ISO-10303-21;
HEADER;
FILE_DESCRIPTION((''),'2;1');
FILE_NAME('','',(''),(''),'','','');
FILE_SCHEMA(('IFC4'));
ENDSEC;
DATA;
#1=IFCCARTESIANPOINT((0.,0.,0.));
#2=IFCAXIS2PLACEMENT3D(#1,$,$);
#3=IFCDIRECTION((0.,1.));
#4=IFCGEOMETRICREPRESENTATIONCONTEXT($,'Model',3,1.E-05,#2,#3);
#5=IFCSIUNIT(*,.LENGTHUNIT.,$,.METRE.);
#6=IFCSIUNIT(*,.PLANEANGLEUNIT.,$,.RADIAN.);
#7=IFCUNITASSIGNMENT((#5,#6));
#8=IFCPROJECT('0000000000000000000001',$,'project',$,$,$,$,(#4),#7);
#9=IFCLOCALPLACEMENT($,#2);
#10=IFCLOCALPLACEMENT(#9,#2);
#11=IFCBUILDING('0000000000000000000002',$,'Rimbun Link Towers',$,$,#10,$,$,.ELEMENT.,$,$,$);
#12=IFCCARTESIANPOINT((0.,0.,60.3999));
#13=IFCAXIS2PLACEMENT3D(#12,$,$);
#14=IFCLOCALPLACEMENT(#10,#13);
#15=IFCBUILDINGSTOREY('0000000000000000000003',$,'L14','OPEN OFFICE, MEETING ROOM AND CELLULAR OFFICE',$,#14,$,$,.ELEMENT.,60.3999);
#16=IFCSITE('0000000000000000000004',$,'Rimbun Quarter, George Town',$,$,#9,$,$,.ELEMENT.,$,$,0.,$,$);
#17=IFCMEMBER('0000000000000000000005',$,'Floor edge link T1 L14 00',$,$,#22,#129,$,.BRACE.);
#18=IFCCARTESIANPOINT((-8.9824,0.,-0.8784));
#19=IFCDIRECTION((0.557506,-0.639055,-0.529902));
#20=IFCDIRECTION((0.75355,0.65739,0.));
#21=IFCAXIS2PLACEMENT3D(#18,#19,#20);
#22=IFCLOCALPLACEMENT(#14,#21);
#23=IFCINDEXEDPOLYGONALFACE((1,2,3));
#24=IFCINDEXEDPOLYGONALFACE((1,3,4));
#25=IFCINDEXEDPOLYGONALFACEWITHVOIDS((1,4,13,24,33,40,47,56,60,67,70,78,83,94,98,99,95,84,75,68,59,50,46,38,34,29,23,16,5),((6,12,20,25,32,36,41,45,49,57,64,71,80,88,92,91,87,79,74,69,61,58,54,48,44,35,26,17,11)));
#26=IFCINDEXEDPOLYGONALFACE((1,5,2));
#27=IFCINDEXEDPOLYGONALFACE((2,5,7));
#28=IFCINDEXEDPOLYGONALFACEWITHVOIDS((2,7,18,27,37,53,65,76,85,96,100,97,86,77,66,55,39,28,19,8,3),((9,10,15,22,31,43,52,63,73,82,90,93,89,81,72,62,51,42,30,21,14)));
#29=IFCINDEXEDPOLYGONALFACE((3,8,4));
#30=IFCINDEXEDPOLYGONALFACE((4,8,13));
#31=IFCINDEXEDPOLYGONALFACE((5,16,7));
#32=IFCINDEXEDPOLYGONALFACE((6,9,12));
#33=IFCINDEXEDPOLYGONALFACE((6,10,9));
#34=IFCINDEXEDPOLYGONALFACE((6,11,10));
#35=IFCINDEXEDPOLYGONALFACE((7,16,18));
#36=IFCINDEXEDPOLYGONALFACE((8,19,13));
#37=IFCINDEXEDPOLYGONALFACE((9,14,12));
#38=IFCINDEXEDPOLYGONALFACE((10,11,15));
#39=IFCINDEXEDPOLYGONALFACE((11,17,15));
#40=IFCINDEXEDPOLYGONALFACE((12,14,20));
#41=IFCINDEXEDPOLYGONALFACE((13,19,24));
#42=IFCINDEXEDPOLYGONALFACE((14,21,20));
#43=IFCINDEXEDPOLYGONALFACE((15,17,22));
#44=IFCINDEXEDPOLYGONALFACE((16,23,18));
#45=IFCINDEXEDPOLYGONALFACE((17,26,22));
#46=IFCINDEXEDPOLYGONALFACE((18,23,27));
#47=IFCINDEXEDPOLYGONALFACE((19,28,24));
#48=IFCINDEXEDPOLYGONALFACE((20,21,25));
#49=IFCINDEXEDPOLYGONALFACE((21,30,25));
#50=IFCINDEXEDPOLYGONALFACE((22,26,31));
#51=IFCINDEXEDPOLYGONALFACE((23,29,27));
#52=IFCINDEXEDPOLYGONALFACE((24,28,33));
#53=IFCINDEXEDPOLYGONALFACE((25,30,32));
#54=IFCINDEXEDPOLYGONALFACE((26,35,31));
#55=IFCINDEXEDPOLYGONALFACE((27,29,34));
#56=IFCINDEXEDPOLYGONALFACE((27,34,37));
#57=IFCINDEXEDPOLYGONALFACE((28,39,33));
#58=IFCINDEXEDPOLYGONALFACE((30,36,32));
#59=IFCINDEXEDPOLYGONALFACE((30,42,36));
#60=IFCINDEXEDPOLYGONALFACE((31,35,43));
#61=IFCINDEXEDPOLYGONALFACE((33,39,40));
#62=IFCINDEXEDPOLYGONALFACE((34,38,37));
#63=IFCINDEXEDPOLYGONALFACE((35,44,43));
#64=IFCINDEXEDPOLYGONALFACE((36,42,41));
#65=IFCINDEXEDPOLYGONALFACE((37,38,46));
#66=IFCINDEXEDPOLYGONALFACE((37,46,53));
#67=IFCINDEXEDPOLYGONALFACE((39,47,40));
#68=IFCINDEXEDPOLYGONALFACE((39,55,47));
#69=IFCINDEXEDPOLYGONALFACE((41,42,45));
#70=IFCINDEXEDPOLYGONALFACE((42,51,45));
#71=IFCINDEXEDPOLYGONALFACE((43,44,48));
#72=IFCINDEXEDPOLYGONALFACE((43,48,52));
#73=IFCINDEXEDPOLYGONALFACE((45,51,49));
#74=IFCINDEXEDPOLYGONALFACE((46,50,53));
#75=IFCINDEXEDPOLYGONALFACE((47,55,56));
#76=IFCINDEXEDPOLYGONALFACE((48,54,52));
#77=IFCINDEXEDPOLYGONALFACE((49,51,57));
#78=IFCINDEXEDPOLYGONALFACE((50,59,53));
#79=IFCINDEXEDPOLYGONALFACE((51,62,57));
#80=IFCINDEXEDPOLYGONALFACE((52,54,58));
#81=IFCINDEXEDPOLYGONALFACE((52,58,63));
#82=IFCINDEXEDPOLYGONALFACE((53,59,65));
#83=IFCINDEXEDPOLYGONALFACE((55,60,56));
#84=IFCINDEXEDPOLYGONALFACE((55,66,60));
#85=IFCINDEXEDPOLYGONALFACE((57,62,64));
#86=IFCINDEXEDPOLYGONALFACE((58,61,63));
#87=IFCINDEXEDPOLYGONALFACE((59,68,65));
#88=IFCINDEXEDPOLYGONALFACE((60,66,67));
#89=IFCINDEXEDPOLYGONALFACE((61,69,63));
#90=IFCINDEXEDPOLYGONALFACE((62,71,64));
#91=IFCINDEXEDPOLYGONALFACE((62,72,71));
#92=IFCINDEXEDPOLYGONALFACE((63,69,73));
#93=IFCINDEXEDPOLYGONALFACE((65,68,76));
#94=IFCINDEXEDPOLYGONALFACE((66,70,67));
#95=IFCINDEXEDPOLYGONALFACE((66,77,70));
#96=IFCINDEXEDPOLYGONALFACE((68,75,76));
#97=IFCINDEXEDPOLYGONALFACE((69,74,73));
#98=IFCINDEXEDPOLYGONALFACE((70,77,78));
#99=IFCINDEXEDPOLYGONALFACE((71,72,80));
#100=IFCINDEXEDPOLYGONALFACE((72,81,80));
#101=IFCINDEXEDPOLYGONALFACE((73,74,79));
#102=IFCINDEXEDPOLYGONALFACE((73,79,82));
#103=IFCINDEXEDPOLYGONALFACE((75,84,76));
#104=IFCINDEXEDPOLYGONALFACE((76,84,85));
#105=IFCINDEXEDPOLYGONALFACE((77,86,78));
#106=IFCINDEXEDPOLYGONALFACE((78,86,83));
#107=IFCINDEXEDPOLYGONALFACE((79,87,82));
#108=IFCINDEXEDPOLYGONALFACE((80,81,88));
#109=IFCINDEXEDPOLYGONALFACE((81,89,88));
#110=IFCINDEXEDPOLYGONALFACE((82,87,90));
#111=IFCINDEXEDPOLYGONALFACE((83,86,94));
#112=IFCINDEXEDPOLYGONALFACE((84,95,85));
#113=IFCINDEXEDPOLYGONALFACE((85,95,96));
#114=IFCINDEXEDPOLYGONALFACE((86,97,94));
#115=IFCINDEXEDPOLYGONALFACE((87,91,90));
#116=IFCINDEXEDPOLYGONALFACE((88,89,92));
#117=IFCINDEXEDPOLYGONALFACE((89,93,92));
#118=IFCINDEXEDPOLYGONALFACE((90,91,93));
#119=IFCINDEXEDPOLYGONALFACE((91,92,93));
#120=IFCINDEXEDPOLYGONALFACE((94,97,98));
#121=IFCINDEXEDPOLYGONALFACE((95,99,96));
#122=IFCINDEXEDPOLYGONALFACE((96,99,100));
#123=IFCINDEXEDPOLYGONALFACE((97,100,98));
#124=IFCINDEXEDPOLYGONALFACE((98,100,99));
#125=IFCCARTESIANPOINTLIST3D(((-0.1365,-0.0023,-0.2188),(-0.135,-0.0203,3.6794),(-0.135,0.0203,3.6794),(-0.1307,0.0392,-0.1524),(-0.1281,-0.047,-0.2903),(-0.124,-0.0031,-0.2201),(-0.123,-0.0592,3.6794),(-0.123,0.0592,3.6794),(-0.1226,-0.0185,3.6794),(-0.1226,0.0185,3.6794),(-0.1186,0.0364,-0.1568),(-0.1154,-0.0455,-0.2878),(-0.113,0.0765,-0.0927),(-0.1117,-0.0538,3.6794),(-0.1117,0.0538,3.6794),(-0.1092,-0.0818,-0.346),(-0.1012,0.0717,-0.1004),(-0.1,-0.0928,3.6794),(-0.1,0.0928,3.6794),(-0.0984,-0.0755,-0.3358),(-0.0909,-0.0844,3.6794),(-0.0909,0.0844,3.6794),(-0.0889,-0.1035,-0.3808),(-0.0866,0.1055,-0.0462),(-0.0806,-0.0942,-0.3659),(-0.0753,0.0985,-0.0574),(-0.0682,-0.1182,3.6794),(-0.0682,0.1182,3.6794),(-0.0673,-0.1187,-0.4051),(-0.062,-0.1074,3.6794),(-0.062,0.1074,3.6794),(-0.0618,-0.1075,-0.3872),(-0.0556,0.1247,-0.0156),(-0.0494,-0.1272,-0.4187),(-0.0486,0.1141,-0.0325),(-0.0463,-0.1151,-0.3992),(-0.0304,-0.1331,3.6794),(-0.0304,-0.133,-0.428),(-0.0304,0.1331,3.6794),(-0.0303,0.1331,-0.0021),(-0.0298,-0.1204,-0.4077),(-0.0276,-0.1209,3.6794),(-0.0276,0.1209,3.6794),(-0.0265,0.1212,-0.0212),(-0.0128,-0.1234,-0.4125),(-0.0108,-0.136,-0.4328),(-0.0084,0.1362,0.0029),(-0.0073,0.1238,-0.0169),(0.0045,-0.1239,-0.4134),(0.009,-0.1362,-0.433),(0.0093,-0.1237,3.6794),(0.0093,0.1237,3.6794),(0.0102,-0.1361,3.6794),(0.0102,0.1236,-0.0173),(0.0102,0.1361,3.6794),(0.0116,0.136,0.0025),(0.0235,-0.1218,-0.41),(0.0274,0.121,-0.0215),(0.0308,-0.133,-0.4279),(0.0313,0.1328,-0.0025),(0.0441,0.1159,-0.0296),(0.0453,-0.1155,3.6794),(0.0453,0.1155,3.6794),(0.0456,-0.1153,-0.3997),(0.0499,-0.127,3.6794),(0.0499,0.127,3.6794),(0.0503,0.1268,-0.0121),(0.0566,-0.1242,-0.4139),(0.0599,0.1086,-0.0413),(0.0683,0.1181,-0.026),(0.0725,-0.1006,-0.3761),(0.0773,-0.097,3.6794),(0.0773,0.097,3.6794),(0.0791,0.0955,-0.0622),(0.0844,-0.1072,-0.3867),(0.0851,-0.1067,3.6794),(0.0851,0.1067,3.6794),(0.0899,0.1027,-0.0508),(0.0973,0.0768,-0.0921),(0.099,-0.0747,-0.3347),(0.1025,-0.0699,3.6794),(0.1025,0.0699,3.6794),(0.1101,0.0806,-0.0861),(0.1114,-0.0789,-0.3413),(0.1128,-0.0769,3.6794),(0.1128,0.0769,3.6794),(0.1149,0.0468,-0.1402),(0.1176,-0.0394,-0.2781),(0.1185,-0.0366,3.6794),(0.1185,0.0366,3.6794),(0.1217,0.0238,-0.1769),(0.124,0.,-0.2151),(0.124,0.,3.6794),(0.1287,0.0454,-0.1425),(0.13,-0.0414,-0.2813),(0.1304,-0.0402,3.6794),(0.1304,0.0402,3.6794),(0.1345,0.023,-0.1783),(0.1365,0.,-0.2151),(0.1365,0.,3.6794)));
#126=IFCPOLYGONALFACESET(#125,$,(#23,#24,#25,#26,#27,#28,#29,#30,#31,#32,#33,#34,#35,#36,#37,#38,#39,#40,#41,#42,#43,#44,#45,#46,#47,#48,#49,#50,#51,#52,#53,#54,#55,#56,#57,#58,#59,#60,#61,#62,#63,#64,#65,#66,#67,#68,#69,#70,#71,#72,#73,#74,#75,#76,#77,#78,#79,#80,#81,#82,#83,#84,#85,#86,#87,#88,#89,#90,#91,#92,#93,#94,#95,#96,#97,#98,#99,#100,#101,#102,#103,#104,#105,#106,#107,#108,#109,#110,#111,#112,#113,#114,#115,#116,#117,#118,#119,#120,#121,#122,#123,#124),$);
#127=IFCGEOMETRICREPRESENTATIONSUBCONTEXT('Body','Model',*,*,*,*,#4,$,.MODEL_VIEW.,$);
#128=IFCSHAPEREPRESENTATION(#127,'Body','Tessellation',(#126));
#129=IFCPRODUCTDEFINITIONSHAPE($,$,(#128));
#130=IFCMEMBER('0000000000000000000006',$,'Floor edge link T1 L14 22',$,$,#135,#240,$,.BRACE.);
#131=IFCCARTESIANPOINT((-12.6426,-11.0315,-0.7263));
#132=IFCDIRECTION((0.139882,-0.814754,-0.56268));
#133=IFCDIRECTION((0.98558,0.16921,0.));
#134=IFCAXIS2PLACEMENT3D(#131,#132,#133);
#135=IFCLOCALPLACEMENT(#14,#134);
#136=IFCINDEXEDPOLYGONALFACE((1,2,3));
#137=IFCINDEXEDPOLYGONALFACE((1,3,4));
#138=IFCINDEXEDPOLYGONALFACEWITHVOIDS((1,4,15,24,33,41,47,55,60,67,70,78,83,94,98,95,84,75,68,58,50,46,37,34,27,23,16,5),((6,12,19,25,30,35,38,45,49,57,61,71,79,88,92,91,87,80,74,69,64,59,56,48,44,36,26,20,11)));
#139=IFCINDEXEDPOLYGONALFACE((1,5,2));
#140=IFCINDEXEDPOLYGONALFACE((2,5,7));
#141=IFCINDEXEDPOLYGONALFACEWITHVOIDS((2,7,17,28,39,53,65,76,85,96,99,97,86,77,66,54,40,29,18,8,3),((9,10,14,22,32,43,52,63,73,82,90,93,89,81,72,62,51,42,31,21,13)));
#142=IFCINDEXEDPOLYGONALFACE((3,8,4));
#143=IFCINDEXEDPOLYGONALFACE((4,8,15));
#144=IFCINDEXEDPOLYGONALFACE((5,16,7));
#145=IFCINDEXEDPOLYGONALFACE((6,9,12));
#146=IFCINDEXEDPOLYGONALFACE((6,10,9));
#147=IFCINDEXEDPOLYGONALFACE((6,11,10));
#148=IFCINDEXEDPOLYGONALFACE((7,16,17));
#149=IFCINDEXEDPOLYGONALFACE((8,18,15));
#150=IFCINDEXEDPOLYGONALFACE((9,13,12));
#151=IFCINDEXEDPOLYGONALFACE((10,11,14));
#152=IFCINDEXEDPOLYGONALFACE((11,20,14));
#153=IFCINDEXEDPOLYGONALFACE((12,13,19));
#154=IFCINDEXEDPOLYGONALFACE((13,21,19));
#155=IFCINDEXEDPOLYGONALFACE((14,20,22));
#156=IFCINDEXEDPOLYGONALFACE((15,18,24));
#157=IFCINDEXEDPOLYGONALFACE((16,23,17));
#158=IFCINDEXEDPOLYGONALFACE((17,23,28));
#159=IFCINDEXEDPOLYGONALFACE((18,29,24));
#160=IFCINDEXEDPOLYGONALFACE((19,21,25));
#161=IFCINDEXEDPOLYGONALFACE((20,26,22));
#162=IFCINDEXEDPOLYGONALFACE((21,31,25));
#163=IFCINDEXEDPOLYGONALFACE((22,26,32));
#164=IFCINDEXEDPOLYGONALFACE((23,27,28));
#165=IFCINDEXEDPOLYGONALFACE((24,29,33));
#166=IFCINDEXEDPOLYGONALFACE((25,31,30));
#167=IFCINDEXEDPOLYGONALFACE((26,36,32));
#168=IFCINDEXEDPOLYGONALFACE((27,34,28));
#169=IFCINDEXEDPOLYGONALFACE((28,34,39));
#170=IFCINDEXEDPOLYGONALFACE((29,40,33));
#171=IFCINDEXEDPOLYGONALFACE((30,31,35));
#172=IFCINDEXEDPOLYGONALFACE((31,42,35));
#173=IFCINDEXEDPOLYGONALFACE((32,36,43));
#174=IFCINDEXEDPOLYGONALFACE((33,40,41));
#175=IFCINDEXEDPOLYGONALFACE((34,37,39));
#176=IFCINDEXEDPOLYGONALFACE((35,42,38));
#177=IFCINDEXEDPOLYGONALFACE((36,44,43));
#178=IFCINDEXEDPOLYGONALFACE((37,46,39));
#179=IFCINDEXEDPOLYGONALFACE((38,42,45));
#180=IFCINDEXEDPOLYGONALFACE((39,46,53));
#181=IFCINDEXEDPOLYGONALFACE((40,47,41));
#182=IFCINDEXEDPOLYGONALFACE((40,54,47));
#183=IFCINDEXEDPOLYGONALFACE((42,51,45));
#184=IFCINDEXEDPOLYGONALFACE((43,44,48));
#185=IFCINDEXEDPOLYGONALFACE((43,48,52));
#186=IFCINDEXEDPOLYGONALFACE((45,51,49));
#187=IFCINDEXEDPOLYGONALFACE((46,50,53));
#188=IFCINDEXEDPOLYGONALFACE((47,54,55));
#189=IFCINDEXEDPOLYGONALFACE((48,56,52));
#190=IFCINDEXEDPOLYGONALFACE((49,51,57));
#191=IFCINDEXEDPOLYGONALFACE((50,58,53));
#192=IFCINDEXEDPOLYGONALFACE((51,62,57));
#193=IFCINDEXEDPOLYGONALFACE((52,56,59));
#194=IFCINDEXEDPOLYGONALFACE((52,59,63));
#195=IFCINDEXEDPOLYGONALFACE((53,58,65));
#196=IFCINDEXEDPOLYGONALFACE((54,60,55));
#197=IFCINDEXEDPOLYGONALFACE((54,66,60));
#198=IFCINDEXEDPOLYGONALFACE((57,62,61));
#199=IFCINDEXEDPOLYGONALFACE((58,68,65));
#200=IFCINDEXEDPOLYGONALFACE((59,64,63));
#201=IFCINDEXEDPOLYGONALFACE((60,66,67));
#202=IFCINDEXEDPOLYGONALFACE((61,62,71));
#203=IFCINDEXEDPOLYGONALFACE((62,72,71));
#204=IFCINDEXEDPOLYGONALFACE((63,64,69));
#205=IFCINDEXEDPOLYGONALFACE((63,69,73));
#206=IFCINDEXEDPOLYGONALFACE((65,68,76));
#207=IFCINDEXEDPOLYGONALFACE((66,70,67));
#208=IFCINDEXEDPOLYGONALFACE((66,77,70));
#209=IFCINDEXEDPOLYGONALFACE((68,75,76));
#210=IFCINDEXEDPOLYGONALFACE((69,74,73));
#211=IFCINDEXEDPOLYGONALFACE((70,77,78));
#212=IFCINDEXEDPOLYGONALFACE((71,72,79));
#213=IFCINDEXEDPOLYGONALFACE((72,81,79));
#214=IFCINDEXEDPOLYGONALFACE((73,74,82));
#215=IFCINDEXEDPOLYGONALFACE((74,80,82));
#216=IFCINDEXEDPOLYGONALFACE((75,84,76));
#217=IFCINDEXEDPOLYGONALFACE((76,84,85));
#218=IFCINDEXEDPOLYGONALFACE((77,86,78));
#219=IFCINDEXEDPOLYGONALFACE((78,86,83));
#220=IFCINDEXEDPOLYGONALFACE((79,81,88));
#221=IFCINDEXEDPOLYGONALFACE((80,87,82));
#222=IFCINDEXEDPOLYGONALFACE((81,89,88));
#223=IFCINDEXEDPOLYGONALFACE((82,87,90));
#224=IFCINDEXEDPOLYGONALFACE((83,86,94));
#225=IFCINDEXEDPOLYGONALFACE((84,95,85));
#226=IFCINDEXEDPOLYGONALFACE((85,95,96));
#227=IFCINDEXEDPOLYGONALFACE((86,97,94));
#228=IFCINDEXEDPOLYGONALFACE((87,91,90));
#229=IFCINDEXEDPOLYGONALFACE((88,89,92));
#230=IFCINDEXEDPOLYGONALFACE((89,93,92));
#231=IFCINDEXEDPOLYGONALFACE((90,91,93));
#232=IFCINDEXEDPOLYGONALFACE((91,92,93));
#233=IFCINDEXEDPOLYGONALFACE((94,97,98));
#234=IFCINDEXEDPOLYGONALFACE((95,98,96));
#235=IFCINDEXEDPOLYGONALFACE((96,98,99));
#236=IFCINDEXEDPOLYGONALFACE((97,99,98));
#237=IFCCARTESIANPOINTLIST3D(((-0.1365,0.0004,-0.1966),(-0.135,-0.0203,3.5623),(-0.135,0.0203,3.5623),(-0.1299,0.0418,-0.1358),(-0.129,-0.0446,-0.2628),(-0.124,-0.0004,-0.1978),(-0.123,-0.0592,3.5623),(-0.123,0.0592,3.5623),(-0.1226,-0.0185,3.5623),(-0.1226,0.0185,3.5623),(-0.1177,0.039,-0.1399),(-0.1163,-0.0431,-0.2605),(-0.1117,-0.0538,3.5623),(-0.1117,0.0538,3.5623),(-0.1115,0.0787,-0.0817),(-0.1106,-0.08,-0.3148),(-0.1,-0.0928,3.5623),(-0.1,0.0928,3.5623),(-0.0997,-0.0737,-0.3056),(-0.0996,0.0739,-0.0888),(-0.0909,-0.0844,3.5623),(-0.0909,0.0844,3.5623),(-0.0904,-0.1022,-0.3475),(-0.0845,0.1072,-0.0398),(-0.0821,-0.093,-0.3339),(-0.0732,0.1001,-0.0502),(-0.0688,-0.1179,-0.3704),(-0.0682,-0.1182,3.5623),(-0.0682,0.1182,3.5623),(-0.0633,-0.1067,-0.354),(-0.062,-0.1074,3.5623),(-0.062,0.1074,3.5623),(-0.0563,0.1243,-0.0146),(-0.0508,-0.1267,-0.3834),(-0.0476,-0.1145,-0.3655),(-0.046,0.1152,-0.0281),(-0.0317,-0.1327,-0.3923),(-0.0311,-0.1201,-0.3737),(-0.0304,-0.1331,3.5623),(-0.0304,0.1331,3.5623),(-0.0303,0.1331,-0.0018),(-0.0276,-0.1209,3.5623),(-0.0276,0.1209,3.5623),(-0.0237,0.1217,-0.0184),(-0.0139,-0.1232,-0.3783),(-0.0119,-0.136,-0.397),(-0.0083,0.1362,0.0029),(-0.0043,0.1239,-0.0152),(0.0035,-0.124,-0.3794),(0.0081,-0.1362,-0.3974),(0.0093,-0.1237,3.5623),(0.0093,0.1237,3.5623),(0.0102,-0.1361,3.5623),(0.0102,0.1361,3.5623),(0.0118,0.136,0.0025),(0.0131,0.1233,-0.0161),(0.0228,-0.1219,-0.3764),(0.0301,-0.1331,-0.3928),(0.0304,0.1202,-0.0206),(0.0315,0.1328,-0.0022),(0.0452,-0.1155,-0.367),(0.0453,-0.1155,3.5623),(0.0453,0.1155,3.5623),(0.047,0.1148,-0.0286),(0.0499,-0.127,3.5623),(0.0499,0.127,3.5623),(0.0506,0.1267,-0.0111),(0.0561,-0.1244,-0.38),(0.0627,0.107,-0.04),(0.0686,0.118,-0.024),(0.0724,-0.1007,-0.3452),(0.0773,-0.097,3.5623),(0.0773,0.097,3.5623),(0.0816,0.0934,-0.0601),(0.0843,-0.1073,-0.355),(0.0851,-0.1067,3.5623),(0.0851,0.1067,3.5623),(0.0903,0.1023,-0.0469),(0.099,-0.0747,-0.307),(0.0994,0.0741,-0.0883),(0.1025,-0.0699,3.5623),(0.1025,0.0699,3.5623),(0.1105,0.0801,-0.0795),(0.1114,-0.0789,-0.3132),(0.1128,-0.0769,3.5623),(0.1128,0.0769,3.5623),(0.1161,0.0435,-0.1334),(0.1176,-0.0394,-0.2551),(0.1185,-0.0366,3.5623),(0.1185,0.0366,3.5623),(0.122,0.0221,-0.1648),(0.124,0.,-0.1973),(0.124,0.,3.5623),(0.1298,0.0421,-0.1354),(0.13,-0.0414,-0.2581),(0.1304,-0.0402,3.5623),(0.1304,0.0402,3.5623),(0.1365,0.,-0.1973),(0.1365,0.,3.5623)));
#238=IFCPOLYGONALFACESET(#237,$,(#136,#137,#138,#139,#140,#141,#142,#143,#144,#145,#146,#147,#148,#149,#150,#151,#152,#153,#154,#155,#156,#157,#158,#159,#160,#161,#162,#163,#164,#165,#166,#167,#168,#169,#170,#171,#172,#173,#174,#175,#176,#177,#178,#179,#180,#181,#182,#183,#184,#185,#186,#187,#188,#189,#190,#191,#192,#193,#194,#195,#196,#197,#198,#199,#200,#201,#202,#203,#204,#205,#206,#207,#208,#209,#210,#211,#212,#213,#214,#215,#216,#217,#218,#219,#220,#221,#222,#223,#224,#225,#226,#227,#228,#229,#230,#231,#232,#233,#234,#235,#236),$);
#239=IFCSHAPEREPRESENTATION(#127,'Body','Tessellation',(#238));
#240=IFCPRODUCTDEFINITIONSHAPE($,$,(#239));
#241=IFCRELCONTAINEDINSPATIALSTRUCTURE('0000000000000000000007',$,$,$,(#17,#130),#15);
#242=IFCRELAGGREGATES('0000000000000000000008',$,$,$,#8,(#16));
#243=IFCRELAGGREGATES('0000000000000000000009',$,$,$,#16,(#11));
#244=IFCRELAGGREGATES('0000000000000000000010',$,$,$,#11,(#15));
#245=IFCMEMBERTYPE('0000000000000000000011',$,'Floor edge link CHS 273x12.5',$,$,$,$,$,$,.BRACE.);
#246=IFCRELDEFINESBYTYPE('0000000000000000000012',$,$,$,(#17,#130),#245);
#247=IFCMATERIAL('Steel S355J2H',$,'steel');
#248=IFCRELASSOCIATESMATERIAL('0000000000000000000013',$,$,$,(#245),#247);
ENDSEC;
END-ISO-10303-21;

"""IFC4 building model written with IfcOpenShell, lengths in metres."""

from ifc_helpers import new_model, si_unit, direction, frame, origin, origin_2d, place, context, subcontext, project, spatial, hollow_circle, extrude, clip, halfspace, material, material_profile, profile_set, type_object, element, save


model = new_model("IFC4")

# Units and contexts
model_context = context("Model", 3, precision=1e-05, world=origin(), true_north=direction((0.0, 1.0)))
body_context = subcontext(model_context, "Body", "Model", "MODEL_VIEW")
ifc_project = project(units=[si_unit("LENGTHUNIT", "METRE"), si_unit("PLANEANGLEUNIT", "RADIAN")], contexts=[model_context])

# Site, building, storey
site_placement = place(None, origin())
site = spatial("IfcSite", under=ifc_project, at=site_placement, Name="Rimbun Quarter, George Town", CompositionType="ELEMENT", RefElevation=0.0)
building_placement = place(site_placement, origin())
building = spatial("IfcBuilding", under=site, at=building_placement, Name="Rimbun Link Towers", CompositionType="ELEMENT")
storey_placement = place(building_placement, frame((0.0, 0.0, 60.3999)))
storey = spatial("IfcBuildingStorey", under=building, at=storey_placement, Name="L14", Description="OPEN OFFICE, MEETING ROOM AND CELLULAR OFFICE", CompositionType="ELEMENT", Elevation=60.3999)

# Members
ifc_material_1 = material(Name="Steel S355J2H", Category="steel")
ifc_material_profile_1 = material_profile(ifc_material_1, hollow_circle(Radius=0.1365, WallThickness=0.0125, at=origin_2d()), Name="CHS 273x12.5")
ifc_profile_set_1 = profile_set([ifc_material_profile_1], Name="Steel S355J2H")
member_type_1 = type_object("IfcMemberType", Name="Floor edge link CHS 273x12.5", PredefinedType="BRACE", material=ifc_profile_set_1)
member_1_placement = place(storey_placement, frame((-8.9824, 0.0, -0.8784), z_axis=(0.557506, -0.639055, -0.529902), x_axis=(0.75355, 0.65739, 0.0)))
element("IfcMember", 1, at=member_1_placement, inside=storey, type_object=member_type_1, Name="Floor edge link T1 L14 00", PredefinedType="BRACE", context=body_context, shape_type="Clipping", body=[
    clip(extrude(hollow_circle(Radius=0.1365, WallThickness=0.0125, at=origin_2d()), frame((0.0, 0.0, -0.4558)), (0.0, 0.0, 1.0), 4.1353), halfspace(frame((0.0, 0.0, -0.2151), z_axis=(0.0, 0.848059, -0.529902)), False)),
])
member_2_placement = place(storey_placement, frame((-12.6426, -11.0315, -0.7263), z_axis=(0.139882, -0.814754, -0.56268), x_axis=(0.98558, 0.16921, 0.0)))
element("IfcMember", 2, at=member_2_placement, inside=storey, type_object=member_type_1, Name="Floor edge link T1 L14 22", PredefinedType="BRACE", context=body_context, shape_type="Clipping", body=[
    clip(extrude(hollow_circle(Radius=0.1365, WallThickness=0.0125, at=origin_2d()), frame((0.0, 0.0, -0.4189)), (0.0, 0.0, 1.0), 3.9812), halfspace(frame((0.0, 0.0, -0.1973), z_axis=(0.0, 0.826675, -0.56268)), False)),
])

save(model, "model.ifc")
